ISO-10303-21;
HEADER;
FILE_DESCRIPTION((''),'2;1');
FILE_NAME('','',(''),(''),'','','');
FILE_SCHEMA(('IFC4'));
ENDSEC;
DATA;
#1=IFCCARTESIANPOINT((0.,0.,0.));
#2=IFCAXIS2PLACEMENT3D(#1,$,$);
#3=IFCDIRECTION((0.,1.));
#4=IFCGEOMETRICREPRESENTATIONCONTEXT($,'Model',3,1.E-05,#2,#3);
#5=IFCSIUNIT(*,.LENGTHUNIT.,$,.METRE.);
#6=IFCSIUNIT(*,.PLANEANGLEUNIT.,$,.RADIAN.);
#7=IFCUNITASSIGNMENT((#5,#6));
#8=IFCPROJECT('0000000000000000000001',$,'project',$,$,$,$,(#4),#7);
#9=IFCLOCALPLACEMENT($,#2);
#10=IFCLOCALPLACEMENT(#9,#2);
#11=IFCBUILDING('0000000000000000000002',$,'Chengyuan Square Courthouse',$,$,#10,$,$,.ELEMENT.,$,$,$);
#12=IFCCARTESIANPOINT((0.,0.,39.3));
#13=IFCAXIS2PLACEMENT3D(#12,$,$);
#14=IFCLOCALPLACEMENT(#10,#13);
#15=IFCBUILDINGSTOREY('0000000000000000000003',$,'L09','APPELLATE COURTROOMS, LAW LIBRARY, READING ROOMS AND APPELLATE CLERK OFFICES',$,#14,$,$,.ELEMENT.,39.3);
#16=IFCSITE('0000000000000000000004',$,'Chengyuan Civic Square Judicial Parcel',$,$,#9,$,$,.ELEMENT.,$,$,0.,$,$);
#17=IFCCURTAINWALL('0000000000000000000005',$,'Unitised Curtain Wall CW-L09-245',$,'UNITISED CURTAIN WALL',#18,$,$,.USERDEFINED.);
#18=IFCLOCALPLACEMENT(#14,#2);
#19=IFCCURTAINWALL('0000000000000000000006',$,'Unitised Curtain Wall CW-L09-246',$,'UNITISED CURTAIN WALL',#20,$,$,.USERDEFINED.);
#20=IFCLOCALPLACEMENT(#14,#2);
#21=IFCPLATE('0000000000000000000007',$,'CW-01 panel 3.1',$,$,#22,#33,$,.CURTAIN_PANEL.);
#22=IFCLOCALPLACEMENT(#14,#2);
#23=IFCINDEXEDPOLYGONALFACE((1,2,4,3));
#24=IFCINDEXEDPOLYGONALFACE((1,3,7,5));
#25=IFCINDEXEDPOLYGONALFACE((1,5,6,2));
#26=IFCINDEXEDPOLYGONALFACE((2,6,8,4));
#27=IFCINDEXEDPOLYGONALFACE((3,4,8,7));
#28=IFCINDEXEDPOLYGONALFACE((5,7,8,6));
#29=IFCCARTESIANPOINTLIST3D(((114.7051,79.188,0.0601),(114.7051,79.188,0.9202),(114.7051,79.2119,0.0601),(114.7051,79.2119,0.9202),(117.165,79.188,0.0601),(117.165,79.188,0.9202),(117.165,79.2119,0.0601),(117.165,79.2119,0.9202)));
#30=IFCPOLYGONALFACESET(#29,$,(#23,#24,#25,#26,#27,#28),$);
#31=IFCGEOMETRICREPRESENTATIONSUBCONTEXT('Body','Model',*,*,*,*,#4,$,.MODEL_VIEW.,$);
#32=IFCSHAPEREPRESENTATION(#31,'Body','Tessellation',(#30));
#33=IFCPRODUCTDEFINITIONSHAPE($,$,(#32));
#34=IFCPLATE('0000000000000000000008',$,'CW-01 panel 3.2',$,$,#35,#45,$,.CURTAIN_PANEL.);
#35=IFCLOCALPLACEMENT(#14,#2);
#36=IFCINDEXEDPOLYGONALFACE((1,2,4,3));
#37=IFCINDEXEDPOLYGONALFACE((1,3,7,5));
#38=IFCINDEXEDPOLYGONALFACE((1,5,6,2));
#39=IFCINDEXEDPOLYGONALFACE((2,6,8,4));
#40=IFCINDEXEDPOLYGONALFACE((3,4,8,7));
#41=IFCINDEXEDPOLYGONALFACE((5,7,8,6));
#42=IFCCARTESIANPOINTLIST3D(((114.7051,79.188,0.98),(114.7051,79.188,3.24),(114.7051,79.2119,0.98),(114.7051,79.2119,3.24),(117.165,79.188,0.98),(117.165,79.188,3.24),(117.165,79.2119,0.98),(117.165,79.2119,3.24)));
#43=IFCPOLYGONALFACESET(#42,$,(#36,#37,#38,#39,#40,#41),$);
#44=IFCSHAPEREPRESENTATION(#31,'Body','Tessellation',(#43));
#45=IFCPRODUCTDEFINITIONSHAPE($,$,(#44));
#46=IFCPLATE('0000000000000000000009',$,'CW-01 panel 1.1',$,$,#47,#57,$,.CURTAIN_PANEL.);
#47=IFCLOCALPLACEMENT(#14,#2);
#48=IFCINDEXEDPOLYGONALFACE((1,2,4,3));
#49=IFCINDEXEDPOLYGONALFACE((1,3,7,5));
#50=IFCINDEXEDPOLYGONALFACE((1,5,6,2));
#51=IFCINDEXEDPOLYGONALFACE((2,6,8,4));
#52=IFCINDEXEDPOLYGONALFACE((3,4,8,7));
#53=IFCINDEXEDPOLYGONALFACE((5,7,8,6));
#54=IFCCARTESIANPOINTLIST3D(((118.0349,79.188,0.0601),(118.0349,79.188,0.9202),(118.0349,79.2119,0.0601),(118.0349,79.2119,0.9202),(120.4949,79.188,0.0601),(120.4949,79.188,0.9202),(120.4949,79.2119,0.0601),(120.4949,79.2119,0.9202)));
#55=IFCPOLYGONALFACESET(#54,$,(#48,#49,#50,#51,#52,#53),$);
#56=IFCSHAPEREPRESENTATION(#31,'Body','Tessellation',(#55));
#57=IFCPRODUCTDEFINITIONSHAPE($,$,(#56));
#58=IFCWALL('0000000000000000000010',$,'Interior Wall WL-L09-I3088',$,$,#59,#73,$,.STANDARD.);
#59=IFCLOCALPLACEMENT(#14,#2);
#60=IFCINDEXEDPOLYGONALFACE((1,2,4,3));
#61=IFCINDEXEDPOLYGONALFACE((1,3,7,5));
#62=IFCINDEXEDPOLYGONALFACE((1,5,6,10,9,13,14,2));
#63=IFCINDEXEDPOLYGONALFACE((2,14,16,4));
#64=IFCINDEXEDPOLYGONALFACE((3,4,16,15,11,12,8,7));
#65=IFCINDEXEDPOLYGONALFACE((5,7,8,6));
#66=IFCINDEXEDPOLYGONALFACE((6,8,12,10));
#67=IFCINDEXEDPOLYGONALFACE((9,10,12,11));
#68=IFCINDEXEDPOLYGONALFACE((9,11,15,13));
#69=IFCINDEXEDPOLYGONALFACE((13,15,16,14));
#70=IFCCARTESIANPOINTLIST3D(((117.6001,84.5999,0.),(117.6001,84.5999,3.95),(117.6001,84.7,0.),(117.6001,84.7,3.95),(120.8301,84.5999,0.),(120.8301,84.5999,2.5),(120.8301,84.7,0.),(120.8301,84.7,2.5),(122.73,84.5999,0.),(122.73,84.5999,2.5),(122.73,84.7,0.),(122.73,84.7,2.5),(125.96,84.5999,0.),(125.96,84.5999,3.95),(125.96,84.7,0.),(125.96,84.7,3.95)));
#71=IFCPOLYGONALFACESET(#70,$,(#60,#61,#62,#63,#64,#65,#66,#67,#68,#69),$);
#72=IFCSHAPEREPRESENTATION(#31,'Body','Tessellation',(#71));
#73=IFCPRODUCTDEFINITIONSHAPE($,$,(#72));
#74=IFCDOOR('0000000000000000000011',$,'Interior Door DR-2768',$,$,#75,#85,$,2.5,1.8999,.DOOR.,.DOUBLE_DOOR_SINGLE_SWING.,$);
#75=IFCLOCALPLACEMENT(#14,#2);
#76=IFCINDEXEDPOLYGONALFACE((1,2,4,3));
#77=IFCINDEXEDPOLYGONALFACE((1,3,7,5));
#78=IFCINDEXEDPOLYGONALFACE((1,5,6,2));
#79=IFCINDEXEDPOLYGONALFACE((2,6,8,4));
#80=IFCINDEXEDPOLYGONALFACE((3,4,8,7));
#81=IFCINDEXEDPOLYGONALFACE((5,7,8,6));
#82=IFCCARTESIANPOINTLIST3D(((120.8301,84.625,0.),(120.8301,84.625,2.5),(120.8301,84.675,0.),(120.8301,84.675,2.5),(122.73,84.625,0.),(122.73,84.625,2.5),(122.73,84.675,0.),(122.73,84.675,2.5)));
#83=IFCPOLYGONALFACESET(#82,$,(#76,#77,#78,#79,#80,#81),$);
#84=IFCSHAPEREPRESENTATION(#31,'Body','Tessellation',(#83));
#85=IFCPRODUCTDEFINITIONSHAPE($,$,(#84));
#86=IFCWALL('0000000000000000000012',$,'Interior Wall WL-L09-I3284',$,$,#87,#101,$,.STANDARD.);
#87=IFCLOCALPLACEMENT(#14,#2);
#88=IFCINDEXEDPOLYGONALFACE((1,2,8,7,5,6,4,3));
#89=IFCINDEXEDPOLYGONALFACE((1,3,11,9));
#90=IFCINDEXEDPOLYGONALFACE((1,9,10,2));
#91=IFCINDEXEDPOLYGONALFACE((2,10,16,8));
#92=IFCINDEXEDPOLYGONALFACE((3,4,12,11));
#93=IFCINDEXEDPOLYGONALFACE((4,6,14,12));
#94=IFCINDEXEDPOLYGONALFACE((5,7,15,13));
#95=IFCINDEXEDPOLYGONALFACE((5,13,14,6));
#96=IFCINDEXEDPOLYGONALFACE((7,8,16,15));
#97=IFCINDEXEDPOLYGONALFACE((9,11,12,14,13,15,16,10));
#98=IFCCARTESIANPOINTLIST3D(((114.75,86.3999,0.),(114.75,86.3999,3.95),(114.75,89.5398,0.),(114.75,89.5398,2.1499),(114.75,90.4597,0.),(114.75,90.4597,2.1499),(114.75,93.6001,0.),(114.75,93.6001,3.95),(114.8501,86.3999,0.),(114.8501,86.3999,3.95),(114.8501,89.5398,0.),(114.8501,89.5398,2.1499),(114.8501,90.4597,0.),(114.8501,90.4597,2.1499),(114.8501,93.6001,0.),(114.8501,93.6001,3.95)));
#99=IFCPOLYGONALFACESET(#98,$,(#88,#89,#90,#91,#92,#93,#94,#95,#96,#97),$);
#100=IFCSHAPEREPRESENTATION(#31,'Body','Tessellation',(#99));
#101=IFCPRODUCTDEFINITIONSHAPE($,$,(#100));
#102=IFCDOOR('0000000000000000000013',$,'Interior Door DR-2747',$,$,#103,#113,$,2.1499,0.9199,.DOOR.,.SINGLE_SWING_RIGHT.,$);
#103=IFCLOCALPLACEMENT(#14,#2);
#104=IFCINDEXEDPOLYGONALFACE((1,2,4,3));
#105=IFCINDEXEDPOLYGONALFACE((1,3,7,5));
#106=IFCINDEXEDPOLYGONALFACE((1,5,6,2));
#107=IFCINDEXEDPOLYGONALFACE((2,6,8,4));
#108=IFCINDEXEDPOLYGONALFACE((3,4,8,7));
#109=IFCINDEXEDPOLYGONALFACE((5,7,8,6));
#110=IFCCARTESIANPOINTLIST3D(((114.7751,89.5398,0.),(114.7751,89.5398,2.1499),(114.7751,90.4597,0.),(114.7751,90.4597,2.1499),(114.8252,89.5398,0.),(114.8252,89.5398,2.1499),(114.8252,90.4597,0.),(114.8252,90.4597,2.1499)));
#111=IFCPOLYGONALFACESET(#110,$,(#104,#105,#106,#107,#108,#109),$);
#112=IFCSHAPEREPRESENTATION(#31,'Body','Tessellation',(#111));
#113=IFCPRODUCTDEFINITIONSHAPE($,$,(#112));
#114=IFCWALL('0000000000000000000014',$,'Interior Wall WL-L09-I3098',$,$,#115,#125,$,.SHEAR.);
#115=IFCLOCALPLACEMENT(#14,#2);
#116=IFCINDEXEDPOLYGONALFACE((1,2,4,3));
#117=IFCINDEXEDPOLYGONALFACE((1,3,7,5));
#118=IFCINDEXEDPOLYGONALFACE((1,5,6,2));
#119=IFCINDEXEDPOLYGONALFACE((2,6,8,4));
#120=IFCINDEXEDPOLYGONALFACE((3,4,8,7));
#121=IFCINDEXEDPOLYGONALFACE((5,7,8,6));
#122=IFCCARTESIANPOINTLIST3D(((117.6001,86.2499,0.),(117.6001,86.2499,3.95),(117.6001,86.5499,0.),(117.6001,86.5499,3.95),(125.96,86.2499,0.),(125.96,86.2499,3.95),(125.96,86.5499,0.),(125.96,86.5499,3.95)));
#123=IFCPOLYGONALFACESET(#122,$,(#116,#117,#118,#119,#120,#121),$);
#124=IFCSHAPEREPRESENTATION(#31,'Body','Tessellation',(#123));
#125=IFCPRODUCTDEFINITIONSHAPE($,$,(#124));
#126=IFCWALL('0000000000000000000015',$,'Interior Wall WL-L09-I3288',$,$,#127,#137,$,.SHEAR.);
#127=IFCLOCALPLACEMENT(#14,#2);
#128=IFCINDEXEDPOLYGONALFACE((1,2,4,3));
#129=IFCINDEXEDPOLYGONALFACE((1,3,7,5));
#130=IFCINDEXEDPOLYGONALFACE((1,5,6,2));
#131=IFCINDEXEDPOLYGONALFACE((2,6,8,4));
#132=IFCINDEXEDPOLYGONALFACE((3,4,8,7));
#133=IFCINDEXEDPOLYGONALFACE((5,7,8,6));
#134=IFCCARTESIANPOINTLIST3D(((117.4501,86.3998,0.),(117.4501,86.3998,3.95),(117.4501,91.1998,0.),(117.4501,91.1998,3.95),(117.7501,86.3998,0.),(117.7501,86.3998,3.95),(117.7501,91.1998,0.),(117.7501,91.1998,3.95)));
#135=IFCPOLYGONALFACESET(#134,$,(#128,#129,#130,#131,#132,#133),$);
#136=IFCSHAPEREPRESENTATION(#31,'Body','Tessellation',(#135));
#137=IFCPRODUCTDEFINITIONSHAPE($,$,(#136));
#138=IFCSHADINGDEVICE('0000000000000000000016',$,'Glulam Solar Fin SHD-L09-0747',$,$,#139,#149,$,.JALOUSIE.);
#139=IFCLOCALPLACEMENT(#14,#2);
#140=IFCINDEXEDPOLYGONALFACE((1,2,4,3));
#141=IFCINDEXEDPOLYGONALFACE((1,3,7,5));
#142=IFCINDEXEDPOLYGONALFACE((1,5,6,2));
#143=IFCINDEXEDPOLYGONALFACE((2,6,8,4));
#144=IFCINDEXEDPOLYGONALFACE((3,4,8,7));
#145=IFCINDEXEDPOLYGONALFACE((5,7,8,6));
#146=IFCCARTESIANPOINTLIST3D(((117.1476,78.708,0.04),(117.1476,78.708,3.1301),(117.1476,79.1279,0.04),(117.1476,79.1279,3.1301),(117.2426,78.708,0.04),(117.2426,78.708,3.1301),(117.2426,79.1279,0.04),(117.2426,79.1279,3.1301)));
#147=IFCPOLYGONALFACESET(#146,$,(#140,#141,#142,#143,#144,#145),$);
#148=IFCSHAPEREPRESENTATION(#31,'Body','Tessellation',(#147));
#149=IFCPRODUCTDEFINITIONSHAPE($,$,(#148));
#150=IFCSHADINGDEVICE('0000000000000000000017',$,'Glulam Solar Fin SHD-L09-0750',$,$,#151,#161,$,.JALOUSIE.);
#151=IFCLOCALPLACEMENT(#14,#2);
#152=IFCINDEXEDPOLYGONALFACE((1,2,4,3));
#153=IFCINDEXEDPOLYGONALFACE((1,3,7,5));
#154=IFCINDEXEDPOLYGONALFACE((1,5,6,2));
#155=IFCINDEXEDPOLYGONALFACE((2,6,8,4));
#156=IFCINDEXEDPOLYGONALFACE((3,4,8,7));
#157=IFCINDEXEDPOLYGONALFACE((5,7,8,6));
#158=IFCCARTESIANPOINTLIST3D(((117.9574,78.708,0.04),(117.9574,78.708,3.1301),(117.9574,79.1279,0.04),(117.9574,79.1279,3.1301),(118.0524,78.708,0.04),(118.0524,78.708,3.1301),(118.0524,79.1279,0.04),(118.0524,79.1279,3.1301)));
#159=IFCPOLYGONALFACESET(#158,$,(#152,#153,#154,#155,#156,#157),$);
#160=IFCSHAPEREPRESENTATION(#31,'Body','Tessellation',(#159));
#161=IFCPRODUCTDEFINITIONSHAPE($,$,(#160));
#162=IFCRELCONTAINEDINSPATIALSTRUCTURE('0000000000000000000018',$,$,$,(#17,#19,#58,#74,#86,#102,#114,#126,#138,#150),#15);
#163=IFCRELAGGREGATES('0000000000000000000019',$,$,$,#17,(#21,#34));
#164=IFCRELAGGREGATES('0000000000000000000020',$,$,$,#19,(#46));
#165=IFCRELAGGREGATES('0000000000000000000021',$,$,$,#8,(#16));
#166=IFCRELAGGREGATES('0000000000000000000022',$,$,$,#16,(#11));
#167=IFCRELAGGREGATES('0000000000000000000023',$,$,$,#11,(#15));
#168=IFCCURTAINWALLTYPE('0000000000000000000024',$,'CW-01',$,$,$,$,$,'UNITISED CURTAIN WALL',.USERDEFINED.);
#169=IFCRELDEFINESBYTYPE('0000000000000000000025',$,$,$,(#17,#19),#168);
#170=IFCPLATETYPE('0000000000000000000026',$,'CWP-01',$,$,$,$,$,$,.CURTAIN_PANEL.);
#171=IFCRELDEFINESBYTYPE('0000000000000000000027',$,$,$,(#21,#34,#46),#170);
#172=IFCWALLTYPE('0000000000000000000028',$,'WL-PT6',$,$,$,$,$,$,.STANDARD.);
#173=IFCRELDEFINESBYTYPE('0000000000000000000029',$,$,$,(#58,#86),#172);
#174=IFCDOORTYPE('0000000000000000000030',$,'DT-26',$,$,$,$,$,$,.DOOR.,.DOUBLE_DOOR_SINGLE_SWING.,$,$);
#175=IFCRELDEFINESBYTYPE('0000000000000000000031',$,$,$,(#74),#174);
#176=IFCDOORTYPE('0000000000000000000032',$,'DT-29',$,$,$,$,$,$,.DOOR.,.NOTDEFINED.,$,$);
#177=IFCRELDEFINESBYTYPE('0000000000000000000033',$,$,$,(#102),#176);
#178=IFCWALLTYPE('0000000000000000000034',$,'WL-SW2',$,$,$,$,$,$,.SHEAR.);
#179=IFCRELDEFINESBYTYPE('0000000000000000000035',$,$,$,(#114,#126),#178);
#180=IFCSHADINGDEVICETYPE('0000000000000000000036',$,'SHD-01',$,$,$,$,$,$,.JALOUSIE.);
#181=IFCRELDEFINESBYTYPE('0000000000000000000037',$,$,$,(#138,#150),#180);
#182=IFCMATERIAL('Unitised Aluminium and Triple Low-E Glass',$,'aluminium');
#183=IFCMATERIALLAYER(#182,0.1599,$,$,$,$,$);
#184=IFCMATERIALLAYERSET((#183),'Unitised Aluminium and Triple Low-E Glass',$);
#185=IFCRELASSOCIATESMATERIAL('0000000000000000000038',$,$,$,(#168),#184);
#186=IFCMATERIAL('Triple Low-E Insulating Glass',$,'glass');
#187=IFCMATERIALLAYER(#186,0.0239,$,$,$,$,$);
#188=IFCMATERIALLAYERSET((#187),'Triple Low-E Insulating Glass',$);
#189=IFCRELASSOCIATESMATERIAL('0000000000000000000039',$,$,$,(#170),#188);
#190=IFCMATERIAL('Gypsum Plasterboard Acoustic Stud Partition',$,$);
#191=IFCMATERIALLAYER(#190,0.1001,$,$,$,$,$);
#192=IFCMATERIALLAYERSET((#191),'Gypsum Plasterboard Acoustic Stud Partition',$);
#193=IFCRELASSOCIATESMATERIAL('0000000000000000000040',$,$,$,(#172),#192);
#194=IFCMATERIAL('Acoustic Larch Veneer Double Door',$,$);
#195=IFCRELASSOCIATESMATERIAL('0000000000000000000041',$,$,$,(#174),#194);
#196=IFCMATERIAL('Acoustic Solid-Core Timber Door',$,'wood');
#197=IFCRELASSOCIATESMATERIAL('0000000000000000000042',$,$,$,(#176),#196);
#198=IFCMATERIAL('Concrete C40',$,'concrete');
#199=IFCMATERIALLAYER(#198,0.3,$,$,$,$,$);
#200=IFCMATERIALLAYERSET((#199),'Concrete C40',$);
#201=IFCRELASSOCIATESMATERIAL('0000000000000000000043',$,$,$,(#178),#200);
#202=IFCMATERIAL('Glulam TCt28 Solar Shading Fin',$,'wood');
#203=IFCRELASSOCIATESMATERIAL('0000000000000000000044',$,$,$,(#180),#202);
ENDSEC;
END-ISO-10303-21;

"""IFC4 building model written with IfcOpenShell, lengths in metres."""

from ifc_helpers import new_model, si_unit, direction, frame, frame_2d, origin, origin_2d, place, context, subcontext, project, spatial, rectangle, extrude, material, layer, layer_set, type_object, element, fill, aggregate, save


model = new_model("IFC4")

# Units and contexts
model_context = context("Model", 3, precision=1e-05, world=origin(), true_north=direction((0.0, 1.0)))
body_context = subcontext(model_context, "Body", "Model", "MODEL_VIEW")
ifc_project = project(units=[si_unit("LENGTHUNIT", "METRE"), si_unit("PLANEANGLEUNIT", "RADIAN")], contexts=[model_context])

# Site, building, storey
site_placement = place(None, origin())
site = spatial("IfcSite", under=ifc_project, at=site_placement, Name="Chengyuan Civic Square Judicial Parcel", CompositionType="ELEMENT", RefElevation=0.0)
building_placement = place(site_placement, origin())
building = spatial("IfcBuilding", under=site, at=building_placement, Name="Chengyuan Square Courthouse", CompositionType="ELEMENT")
storey_placement = place(building_placement, frame((0.0, 0.0, 39.3)))
storey = spatial("IfcBuildingStorey", under=building, at=storey_placement, Name="L09", Description="APPELLATE COURTROOMS, LAW LIBRARY, READING ROOMS AND APPELLATE CLERK OFFICES", CompositionType="ELEMENT", Elevation=39.3)

# Shared definitions
ifc_material_1 = material(Name="Concrete C40", Category="concrete")

# Curtain walls
ifc_material_2 = material(Name="Unitised Aluminium and Triple Low-E Glass", Category="aluminium")
ifc_layer_1 = layer(ifc_material_2, 0.1599)
ifc_layer_set_1 = layer_set([ifc_layer_1], Name="Unitised Aluminium and Triple Low-E Glass")
curtain_wall_type = type_object("IfcCurtainWallType", Name="CW-01", ElementType="UNITISED CURTAIN WALL", PredefinedType="USERDEFINED", material=ifc_layer_set_1)
curtain_wall_1_placement = place(storey_placement, origin())
curtain_wall_1 = element("IfcCurtainWall", 1, at=curtain_wall_1_placement, inside=storey, type_object=curtain_wall_type, Name="Unitised Curtain Wall CW-L09-245", ObjectType="UNITISED CURTAIN WALL", PredefinedType="USERDEFINED")
curtain_wall_2_placement = place(storey_placement, origin())
curtain_wall_2 = element("IfcCurtainWall", 2, at=curtain_wall_2_placement, inside=storey, type_object=curtain_wall_type, Name="Unitised Curtain Wall CW-L09-246", ObjectType="UNITISED CURTAIN WALL", PredefinedType="USERDEFINED")

# Plates
ifc_material_3 = material(Name="Triple Low-E Insulating Glass", Category="glass")
ifc_layer_2 = layer(ifc_material_3, 0.0239)
ifc_layer_set_2 = layer_set([ifc_layer_2], Name="Triple Low-E Insulating Glass")
plate_type = type_object("IfcPlateType", Name="CWP-01", PredefinedType="CURTAIN_PANEL", material=ifc_layer_set_2)
plate_1_placement = place(storey_placement, frame((115.9351, 79.2, 0.0601), z_axis=(0.0, 0.0, 1.0), x_axis=(1.0, 0.0, 0.0)))
plate_1 = element("IfcPlate", 3, at=plate_1_placement, type_object=plate_type, Name="CW-01 panel 3.1", PredefinedType="CURTAIN_PANEL", context=body_context, shape_type="SweptSolid", body=[
    extrude(rectangle(XDim=2.46, YDim=0.0239, at=origin_2d()), origin(), (0.0, 0.0, 1.0), 0.8601),
])
plate_2_placement = place(storey_placement, frame((115.9351, 79.2, 0.98), z_axis=(0.0, 0.0, 1.0), x_axis=(1.0, 0.0, 0.0)))
plate_2 = element("IfcPlate", 4, at=plate_2_placement, type_object=plate_type, Name="CW-01 panel 3.2", PredefinedType="CURTAIN_PANEL", context=body_context, shape_type="SweptSolid", body=[
    extrude(rectangle(XDim=2.46, YDim=0.0239, at=origin_2d()), origin(), (0.0, 0.0, 1.0), 2.26),
])
aggregate(curtain_wall_1, [plate_1, plate_2])
plate_3_placement = place(storey_placement, frame((119.2649, 79.2, 0.0601), z_axis=(0.0, 0.0, 1.0), x_axis=(1.0, 0.0, 0.0)))
plate_3 = element("IfcPlate", 5, at=plate_3_placement, type_object=plate_type, Name="CW-01 panel 1.1", PredefinedType="CURTAIN_PANEL", context=body_context, shape_type="SweptSolid", body=[
    extrude(rectangle(XDim=2.46, YDim=0.0239, at=origin_2d()), origin(), (0.0, 0.0, 1.0), 0.8601),
])
aggregate(curtain_wall_2, [plate_3])

# Walls, openings, doors
ifc_material_4 = material(Name="Gypsum Plasterboard Acoustic Stud Partition")
ifc_layer_3 = layer(ifc_material_4, 0.1001)
ifc_layer_set_3 = layer_set([ifc_layer_3], Name="Gypsum Plasterboard Acoustic Stud Partition")
wall_type_1 = type_object("IfcWallType", Name="WL-PT6", PredefinedType="STANDARD", material=ifc_layer_set_3)
wall_1_placement = place(storey_placement, frame((117.6001, 84.6499, 0.0), z_axis=(0.0, 0.0, 1.0), x_axis=(1.0, 0.0, 0.0)))
wall_1 = element("IfcWall", 6, at=wall_1_placement, inside=storey, type_object=wall_type_1, Name="Interior Wall WL-L09-I3088", PredefinedType="STANDARD", context=body_context, shape_type="SweptSolid", body=[
    extrude(rectangle(XDim=8.3599, YDim=0.1001, at=frame_2d((4.1799, 0.0))), origin(), (0.0, 0.0, 1.0), 3.95),
])
opening_1_placement = place(wall_1_placement, frame((3.23, 0.0, 0.0)))
opening_1 = element("IfcOpeningElement", 7, at=opening_1_placement, cuts=wall_1, PredefinedType="OPENING", context=body_context, shape_type="SweptSolid", body=[
    extrude(rectangle(XDim=1.8999, YDim=2.5, at=frame_2d((0.95, 1.25))), frame((0.0, 0.062, 0.0), z_axis=(0.0, -1.0, 0.0), x_axis=(1.0, 0.0, 0.0)), (0.0, 0.0, 1.0), 0.124),
])
ifc_material_5 = material(Name="Acoustic Larch Veneer Double Door")
door_type_1 = type_object("IfcDoorType", Name="DT-26", OperationType="DOUBLE_DOOR_SINGLE_SWING", PredefinedType="DOOR", material=ifc_material_5)
door_1_placement = place(opening_1_placement, frame((1.8999, 0.0, 0.0), z_axis=(0.0, 0.0, 1.0), x_axis=(-1.0, 0.0, 0.0)))
door_1 = element("IfcDoor", 8, at=door_1_placement, inside=storey, type_object=door_type_1, Name="Interior Door DR-2768", OperationType="DOUBLE_DOOR_SINGLE_SWING", OverallHeight=2.5, OverallWidth=1.8999, PredefinedType="DOOR", context=body_context, shape_type="SweptSolid", body=[
    extrude(rectangle(XDim=1.8999, YDim=2.5, at=frame_2d((0.95, 1.25))), frame((0.0, 0.0249, 0.0), z_axis=(0.0, -1.0, 0.0), x_axis=(1.0, 0.0, 0.0)), (0.0, 0.0, 1.0), 0.05),
])
fill(opening_1, door_1)
wall_2_placement = place(storey_placement, frame((114.8, 86.3999, 0.0), z_axis=(0.0, 0.0, 1.0), x_axis=(0.0, 1.0, 0.0)))
wall_2 = element("IfcWall", 9, at=wall_2_placement, inside=storey, type_object=wall_type_1, Name="Interior Wall WL-L09-I3284", PredefinedType="STANDARD", context=body_context, shape_type="SweptSolid", body=[
    extrude(rectangle(XDim=7.2002, YDim=0.1001, at=frame_2d((3.6001, 0.0))), origin(), (0.0, 0.0, 1.0), 3.95),
])
opening_2_placement = place(wall_2_placement, frame((3.1399, 0.0, 0.0)))
opening_2 = element("IfcOpeningElement", 10, at=opening_2_placement, cuts=wall_2, PredefinedType="OPENING", context=body_context, shape_type="SweptSolid", body=[
    extrude(rectangle(XDim=0.9199, YDim=2.1499, at=frame_2d((0.46, 1.075))), frame((0.0, 0.062, 0.0), z_axis=(0.0, -1.0, 0.0), x_axis=(1.0, 0.0, 0.0)), (0.0, 0.0, 1.0), 0.124),
])
ifc_material_6 = material(Name="Acoustic Solid-Core Timber Door", Category="wood")
door_type_2 = type_object("IfcDoorType", Name="DT-29", OperationType="NOTDEFINED", PredefinedType="DOOR", material=ifc_material_6)
door_2_placement = place(opening_2_placement, origin())
door_2 = element("IfcDoor", 11, at=door_2_placement, inside=storey, type_object=door_type_2, Name="Interior Door DR-2747", OperationType="SINGLE_SWING_RIGHT", OverallHeight=2.1499, OverallWidth=0.9199, PredefinedType="DOOR", context=body_context, shape_type="SweptSolid", body=[
    extrude(rectangle(XDim=0.9199, YDim=2.1499, at=frame_2d((0.46, 1.075))), frame((0.0, 0.0249, 0.0), z_axis=(0.0, -1.0, 0.0), x_axis=(1.0, 0.0, 0.0)), (0.0, 0.0, 1.0), 0.05),
])
fill(opening_2, door_2)

# Walls
ifc_layer_4 = layer(ifc_material_1, 0.3)
ifc_layer_set_4 = layer_set([ifc_layer_4], Name="Concrete C40")
wall_type_2 = type_object("IfcWallType", Name="WL-SW2", PredefinedType="SHEAR", material=ifc_layer_set_4)
wall_3_placement = place(storey_placement, frame((117.6001, 86.3999, 0.0), z_axis=(0.0, 0.0, 1.0), x_axis=(1.0, 0.0, 0.0)))
element("IfcWall", 12, at=wall_3_placement, inside=storey, type_object=wall_type_2, Name="Interior Wall WL-L09-I3098", PredefinedType="SHEAR", context=body_context, shape_type="SweptSolid", body=[
    extrude(rectangle(XDim=8.3599, YDim=0.3, at=frame_2d((4.1799, 0.0))), origin(), (0.0, 0.0, 1.0), 3.95),
])
wall_4_placement = place(storey_placement, frame((117.6001, 86.3999, 0.0), z_axis=(0.0, 0.0, 1.0), x_axis=(0.0, 1.0, 0.0)))
element("IfcWall", 13, at=wall_4_placement, inside=storey, type_object=wall_type_2, Name="Interior Wall WL-L09-I3288", PredefinedType="SHEAR", context=body_context, shape_type="SweptSolid", body=[
    extrude(rectangle(XDim=4.8, YDim=0.3, at=frame_2d((2.3999, 0.0))), origin(), (0.0, 0.0, 1.0), 3.95),
])

# Shading devices
ifc_material_7 = material(Name="Glulam TCt28 Solar Shading Fin", Category="wood")
shading_device_type = type_object("IfcShadingDeviceType", Name="SHD-01", PredefinedType="JALOUSIE", material=ifc_material_7)
for number, where, z_axis, x_axis, name in (
    (14, (117.1951, 78.918, 0.04), (0.0, 0.0, 1.0), (0.0, 1.0, 0.0), "Glulam Solar Fin SHD-L09-0747"),
    (15, (118.0049, 78.918, 0.04), (0.0, 0.0, 1.0), (0.0, 1.0, 0.0), "Glulam Solar Fin SHD-L09-0750"),
):
    element("IfcShadingDevice", number, at=place(storey_placement, frame(where, z_axis=z_axis, x_axis=x_axis)), inside=storey, type_object=shading_device_type, Name=name, PredefinedType="JALOUSIE", context=body_context, shape_type="SweptSolid", body=[
        extrude(rectangle(XDim=0.4199, YDim=0.095, at=origin_2d()), origin(), (0.0, 0.0, 1.0), 3.0901),
    ])

save(model, "model.ifc")
